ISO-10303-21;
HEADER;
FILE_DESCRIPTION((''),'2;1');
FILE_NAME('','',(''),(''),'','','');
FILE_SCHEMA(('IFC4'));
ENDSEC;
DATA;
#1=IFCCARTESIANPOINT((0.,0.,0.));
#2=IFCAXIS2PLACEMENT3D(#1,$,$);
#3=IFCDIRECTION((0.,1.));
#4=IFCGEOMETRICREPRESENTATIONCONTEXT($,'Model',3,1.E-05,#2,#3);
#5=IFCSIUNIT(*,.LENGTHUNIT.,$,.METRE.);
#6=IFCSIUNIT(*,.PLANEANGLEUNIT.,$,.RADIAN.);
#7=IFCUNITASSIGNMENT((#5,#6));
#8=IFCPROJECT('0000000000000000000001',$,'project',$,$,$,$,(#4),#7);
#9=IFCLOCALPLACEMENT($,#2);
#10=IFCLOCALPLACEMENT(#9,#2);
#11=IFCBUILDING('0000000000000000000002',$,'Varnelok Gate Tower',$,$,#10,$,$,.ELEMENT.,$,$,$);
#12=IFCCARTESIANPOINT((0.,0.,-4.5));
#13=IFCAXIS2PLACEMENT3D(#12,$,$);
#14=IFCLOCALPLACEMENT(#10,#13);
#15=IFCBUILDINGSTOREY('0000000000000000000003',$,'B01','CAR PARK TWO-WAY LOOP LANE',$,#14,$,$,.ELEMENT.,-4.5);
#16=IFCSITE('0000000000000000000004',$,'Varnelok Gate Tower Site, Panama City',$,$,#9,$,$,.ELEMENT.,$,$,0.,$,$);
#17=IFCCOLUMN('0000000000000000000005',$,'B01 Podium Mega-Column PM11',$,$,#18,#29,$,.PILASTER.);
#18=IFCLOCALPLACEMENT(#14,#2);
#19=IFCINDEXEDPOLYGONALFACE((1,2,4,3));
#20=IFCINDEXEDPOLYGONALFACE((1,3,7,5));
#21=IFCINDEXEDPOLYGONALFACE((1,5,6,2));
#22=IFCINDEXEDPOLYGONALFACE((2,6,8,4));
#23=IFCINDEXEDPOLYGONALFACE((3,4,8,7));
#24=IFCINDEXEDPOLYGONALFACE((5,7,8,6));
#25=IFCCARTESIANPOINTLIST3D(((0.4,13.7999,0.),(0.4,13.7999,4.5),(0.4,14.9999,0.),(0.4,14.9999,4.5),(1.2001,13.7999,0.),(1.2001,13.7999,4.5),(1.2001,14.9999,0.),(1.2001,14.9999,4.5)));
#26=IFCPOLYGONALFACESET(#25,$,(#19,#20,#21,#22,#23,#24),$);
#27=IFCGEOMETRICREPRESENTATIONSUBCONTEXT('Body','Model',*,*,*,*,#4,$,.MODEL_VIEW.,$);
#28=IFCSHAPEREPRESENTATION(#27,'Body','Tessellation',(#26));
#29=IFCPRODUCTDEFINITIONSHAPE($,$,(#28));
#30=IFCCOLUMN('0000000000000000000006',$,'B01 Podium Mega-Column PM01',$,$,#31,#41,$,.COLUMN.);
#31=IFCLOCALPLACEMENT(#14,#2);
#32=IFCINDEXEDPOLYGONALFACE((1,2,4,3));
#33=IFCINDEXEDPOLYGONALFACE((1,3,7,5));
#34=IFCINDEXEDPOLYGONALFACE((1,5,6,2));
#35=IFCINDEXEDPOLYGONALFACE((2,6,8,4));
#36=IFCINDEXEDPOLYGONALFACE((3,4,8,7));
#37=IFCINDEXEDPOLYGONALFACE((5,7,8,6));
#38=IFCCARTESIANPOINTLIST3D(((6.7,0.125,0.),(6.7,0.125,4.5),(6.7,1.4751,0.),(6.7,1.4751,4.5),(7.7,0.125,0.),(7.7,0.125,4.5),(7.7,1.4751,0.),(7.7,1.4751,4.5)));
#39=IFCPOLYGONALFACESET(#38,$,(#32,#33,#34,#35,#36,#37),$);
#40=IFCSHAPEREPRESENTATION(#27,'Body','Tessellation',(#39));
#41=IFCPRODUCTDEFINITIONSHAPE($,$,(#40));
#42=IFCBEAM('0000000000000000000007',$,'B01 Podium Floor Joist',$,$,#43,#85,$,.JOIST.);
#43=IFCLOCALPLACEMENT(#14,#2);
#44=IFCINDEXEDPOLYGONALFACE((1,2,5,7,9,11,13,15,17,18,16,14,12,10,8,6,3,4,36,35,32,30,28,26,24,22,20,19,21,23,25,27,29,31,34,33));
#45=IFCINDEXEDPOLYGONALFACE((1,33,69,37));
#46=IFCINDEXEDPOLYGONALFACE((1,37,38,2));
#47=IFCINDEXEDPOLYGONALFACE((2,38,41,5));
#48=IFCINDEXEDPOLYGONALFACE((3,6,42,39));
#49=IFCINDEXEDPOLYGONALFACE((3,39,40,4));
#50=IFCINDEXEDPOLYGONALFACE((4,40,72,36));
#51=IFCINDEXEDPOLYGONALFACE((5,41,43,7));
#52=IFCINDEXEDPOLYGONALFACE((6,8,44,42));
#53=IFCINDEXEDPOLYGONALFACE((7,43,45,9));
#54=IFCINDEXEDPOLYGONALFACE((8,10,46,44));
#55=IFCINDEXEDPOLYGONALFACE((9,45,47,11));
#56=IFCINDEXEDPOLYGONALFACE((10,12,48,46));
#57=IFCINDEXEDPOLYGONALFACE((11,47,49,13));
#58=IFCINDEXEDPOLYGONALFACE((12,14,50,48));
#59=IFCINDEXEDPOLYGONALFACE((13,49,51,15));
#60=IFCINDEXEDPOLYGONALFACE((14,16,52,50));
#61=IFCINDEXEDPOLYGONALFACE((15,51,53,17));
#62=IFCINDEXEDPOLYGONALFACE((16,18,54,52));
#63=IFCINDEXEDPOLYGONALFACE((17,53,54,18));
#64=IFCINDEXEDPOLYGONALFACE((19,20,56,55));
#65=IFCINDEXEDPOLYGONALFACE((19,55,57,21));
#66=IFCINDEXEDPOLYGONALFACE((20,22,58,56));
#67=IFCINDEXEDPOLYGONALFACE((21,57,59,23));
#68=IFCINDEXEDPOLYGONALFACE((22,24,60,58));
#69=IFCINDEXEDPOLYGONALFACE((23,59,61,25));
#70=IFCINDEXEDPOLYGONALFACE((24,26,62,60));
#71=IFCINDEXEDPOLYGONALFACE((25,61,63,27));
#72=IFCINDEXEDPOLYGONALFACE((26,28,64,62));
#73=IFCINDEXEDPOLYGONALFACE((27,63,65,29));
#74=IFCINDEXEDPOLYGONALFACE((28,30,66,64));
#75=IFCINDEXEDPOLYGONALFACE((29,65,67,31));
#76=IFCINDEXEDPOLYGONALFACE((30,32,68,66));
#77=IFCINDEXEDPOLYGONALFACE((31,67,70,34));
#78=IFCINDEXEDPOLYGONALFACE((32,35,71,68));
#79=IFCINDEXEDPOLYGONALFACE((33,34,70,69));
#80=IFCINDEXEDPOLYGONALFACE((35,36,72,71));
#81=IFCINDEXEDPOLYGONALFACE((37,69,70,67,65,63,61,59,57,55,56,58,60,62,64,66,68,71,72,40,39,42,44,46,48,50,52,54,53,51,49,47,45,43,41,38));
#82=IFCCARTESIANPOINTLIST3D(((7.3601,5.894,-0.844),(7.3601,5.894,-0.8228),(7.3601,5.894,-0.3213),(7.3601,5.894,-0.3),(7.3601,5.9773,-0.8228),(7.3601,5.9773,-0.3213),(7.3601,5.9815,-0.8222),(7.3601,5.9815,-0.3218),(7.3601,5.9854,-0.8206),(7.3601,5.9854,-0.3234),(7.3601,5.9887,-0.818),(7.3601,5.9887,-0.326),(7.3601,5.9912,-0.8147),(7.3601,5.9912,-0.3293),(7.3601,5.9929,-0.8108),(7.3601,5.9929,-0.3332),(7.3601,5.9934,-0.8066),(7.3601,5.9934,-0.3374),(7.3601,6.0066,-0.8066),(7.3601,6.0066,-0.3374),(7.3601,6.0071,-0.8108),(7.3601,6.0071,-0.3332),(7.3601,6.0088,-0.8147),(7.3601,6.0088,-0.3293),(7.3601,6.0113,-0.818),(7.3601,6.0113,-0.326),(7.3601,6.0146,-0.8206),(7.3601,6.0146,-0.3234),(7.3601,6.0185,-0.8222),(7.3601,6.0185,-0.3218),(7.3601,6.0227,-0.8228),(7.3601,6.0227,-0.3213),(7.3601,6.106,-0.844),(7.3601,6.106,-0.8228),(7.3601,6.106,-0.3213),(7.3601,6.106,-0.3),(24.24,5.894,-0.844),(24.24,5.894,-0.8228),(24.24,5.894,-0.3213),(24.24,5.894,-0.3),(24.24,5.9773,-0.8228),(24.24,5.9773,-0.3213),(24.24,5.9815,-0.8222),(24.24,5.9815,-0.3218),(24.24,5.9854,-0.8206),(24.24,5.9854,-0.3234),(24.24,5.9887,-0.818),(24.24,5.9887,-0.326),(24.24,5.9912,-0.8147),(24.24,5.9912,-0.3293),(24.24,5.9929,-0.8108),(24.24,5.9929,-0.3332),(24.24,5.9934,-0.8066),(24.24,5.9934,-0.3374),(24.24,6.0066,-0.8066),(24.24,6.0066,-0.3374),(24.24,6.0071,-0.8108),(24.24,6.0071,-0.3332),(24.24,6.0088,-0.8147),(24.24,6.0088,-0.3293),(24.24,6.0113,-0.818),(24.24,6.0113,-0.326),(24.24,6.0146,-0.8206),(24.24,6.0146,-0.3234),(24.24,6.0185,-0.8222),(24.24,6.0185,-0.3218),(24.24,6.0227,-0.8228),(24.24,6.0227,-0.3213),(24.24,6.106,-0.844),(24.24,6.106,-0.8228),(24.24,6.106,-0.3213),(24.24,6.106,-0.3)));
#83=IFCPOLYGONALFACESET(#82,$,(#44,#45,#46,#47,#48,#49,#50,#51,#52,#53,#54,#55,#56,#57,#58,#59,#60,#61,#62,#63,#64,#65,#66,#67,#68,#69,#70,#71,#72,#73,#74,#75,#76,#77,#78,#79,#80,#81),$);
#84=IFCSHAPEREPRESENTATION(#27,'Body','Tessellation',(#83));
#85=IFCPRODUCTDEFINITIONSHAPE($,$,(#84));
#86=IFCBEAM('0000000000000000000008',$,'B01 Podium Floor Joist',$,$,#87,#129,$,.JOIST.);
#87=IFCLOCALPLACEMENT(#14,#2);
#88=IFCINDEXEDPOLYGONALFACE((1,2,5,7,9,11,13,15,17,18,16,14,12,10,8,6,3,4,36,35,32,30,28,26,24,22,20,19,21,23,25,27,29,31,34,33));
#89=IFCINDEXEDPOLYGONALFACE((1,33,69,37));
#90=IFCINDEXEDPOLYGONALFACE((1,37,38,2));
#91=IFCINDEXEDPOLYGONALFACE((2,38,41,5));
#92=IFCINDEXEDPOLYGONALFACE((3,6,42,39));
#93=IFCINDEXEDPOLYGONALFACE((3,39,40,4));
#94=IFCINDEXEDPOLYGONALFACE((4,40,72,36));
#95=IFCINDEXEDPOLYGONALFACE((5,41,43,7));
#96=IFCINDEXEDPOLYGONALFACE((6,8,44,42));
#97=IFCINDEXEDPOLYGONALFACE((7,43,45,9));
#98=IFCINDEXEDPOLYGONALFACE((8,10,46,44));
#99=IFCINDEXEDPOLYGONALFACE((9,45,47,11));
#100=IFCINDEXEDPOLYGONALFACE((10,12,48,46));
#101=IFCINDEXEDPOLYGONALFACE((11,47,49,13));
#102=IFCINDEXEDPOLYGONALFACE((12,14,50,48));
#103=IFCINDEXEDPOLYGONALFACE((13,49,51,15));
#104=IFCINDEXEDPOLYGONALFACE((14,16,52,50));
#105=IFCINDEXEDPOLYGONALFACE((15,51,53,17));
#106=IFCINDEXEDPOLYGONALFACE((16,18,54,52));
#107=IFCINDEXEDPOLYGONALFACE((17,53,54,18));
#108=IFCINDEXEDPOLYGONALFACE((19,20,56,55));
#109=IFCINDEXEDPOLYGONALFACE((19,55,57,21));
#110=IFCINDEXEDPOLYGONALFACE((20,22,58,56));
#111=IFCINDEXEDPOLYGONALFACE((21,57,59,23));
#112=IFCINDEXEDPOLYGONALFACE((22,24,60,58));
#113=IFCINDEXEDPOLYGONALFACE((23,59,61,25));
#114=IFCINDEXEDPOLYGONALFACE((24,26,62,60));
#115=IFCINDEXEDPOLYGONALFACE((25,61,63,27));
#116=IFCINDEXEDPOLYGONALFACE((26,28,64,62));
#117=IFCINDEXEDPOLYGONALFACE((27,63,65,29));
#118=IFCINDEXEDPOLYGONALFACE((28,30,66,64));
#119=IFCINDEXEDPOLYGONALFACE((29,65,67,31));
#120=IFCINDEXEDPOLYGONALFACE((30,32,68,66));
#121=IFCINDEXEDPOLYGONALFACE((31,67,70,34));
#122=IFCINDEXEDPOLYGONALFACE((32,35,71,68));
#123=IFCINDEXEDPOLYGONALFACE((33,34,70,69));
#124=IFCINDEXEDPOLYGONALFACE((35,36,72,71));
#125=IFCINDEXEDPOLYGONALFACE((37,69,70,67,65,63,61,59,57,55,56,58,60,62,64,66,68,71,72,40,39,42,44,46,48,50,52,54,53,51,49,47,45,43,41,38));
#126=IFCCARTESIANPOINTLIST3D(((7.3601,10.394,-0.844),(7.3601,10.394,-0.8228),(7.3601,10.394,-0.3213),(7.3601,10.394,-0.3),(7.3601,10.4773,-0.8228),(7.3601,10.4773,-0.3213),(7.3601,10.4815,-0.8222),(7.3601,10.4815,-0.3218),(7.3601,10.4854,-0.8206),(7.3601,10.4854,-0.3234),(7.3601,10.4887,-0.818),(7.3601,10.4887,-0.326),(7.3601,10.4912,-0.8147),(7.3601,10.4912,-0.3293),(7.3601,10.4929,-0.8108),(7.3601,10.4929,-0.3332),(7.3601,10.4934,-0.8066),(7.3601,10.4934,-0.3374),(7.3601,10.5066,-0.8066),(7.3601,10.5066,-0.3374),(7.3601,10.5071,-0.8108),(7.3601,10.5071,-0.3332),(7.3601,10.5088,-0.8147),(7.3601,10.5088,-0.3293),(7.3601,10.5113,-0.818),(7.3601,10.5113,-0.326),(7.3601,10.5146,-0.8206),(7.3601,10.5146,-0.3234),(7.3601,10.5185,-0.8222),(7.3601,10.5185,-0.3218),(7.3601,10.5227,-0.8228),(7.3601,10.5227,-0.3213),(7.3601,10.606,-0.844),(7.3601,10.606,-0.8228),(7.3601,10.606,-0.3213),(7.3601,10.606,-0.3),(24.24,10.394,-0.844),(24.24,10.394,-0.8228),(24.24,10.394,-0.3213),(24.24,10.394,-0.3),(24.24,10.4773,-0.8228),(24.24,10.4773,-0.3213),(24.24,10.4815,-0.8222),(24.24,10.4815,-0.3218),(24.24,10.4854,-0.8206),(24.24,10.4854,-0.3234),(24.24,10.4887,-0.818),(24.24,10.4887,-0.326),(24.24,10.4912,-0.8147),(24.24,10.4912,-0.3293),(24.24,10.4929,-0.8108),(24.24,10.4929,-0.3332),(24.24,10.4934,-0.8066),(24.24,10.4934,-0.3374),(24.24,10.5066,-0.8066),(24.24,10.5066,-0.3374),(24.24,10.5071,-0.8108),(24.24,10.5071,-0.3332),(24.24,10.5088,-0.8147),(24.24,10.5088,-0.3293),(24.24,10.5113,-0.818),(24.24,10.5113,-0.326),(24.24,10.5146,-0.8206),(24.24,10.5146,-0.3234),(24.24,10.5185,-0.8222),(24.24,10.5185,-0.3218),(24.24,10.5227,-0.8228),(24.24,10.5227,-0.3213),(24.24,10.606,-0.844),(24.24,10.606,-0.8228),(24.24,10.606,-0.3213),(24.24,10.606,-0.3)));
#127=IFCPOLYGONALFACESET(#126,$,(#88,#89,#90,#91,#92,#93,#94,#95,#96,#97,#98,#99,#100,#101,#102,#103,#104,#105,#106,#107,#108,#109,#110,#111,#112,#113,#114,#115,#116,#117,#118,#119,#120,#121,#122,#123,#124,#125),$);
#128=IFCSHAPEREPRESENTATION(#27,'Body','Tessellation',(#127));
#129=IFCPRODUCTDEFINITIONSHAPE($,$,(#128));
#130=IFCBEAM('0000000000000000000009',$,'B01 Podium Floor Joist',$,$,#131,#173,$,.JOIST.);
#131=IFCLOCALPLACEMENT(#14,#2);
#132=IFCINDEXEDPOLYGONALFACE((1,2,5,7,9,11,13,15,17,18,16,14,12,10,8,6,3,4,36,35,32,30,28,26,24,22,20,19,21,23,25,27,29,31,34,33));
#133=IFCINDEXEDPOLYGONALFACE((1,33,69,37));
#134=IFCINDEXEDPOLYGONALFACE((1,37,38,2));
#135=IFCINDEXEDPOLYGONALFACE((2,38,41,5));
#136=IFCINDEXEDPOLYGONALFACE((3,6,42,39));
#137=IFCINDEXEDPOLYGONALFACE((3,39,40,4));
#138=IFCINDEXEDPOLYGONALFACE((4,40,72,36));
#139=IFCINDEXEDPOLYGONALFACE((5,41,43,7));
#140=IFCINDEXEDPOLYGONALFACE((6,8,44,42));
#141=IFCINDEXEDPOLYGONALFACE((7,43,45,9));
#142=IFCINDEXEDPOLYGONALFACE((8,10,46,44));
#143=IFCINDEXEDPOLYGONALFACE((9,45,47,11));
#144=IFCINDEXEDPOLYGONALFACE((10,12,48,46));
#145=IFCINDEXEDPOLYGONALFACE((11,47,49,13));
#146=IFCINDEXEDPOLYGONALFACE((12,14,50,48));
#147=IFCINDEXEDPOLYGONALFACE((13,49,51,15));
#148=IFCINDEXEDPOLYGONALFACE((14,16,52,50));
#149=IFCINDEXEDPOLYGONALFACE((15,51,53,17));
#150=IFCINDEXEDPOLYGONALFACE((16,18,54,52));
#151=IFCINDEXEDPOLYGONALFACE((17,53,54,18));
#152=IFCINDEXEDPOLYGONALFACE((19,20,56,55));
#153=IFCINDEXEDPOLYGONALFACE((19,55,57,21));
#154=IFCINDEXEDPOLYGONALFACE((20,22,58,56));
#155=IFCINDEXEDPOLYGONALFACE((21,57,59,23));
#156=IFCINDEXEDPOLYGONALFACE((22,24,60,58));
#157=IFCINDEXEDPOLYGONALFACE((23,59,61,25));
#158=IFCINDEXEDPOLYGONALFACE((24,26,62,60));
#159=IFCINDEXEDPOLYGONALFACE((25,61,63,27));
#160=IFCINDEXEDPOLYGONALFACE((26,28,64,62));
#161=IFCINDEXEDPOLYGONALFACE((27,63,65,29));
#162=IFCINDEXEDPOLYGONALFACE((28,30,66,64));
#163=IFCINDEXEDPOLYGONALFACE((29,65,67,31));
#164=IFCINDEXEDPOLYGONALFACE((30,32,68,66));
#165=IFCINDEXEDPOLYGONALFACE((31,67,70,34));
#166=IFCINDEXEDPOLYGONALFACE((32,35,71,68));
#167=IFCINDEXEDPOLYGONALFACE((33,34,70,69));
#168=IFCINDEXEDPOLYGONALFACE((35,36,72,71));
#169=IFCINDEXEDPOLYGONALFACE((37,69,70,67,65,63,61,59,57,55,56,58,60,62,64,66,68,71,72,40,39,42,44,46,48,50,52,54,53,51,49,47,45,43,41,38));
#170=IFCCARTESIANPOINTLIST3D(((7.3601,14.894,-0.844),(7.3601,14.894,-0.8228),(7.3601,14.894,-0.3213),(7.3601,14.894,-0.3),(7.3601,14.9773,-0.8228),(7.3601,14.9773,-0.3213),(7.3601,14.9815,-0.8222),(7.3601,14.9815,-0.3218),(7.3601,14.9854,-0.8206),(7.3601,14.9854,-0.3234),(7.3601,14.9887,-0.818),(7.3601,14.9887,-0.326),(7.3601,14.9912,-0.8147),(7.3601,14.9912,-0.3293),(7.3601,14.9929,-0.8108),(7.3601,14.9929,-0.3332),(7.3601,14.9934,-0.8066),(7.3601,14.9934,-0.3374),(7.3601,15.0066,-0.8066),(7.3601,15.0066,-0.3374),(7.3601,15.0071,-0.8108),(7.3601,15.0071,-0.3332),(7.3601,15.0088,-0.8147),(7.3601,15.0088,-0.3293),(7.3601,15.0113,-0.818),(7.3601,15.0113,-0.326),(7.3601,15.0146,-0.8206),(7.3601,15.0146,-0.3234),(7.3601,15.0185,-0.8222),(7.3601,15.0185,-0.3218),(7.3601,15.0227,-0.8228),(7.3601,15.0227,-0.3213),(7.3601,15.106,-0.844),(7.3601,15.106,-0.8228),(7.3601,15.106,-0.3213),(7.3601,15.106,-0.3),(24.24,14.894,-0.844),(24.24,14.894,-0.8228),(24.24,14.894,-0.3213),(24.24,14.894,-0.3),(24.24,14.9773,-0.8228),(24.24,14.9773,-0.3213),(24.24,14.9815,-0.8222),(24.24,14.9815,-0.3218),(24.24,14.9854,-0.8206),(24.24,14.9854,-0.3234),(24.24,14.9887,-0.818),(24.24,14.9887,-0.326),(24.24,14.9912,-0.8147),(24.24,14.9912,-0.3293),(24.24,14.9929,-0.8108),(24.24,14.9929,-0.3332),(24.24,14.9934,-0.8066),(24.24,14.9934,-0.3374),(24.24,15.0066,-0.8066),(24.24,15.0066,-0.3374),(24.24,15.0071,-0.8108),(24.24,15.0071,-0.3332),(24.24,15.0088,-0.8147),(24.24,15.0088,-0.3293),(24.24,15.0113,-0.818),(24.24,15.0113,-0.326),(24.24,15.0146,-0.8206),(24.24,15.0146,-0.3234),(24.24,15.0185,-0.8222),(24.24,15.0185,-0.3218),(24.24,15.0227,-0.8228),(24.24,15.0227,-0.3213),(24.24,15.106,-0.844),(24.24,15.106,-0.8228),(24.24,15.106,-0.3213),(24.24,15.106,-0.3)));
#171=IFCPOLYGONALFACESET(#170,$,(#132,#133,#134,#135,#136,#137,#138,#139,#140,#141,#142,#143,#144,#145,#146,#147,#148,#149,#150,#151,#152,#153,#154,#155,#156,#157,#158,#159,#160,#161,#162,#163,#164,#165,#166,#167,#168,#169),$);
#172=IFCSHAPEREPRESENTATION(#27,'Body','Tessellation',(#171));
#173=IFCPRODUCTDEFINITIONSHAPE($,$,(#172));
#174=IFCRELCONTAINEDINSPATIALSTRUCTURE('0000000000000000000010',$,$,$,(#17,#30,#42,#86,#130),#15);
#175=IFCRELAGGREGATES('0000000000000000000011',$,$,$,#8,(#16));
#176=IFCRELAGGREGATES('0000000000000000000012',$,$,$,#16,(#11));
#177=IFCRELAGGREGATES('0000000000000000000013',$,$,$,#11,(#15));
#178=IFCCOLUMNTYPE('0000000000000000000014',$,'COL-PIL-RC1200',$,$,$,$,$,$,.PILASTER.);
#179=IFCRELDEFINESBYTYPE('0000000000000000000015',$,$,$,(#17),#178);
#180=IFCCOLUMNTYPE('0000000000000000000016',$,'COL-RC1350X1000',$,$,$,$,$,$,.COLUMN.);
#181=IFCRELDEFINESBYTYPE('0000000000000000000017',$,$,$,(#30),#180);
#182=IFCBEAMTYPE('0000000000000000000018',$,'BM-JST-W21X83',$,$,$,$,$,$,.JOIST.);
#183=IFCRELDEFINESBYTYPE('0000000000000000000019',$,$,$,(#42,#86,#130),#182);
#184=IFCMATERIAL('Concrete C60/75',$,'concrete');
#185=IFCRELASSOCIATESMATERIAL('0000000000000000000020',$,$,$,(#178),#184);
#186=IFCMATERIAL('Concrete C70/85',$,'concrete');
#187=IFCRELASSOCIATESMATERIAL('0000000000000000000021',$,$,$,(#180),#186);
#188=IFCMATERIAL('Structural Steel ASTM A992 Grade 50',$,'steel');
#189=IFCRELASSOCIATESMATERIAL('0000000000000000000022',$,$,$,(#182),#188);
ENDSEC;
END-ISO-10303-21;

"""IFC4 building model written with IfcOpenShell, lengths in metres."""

from ifc_helpers import new_model, si_unit, direction, frame, origin, origin_2d, place, context, subcontext, project, spatial, rectangle, i_section, extrude, material, material_profile, profile_set, type_object, element, save


model = new_model("IFC4")

# Units and contexts
model_context = context("Model", 3, precision=1e-05, world=origin(), true_north=direction((0.0, 1.0)))
body_context = subcontext(model_context, "Body", "Model", "MODEL_VIEW")
ifc_project = project(units=[si_unit("LENGTHUNIT", "METRE"), si_unit("PLANEANGLEUNIT", "RADIAN")], contexts=[model_context])

# Site, building, storey
site_placement = place(None, origin())
site = spatial("IfcSite", under=ifc_project, at=site_placement, Name="Varnelok Gate Tower Site, Panama City", CompositionType="ELEMENT", RefElevation=0.0)
building_placement = place(site_placement, origin())
building = spatial("IfcBuilding", under=site, at=building_placement, Name="Varnelok Gate Tower", CompositionType="ELEMENT")
storey_placement = place(building_placement, frame((0.0, 0.0, -4.5)))
storey = spatial("IfcBuildingStorey", under=building, at=storey_placement, Name="B01", Description="CAR PARK TWO-WAY LOOP LANE", CompositionType="ELEMENT", Elevation=-4.5)

# Columns
ifc_material_1 = material(Name="Concrete C60/75", Category="concrete")
ifc_material_profile_1 = material_profile(ifc_material_1, rectangle(XDim=0.8, YDim=1.2, at=origin_2d()), Name="RC1200X800")
ifc_profile_set_1 = profile_set([ifc_material_profile_1], Name="Concrete C60/75")
column_type_1 = type_object("IfcColumnType", Name="COL-PIL-RC1200", PredefinedType="PILASTER", material=ifc_profile_set_1)
column_1_placement = place(storey_placement, frame((0.8, 14.3999, 0.0), z_axis=(0.0, 0.0, 1.0), x_axis=(1.0, 0.0, 0.0)))
element("IfcColumn", 1, at=column_1_placement, inside=storey, type_object=column_type_1, Name="B01 Podium Mega-Column PM11", PredefinedType="PILASTER", context=body_context, shape_type="SweptSolid", body=[
    extrude(rectangle(XDim=0.8, YDim=1.2, at=origin_2d()), origin(), (0.0, 0.0, 1.0), 4.5),
])
ifc_material_2 = material(Name="Concrete C70/85", Category="concrete")
ifc_material_profile_2 = material_profile(ifc_material_2, rectangle(XDim=1.0, YDim=1.3501, at=origin_2d()), Name="RC1350X1000")
ifc_profile_set_2 = profile_set([ifc_material_profile_2], Name="Concrete C70/85")
column_type_2 = type_object("IfcColumnType", Name="COL-RC1350X1000", PredefinedType="COLUMN", material=ifc_profile_set_2)
column_2_placement = place(storey_placement, frame((7.2, 0.8, 0.0), z_axis=(0.0, 0.0, 1.0), x_axis=(1.0, 0.0, 0.0)))
element("IfcColumn", 2, at=column_2_placement, inside=storey, type_object=column_type_2, Name="B01 Podium Mega-Column PM01", PredefinedType="COLUMN", context=body_context, shape_type="SweptSolid", body=[
    extrude(rectangle(XDim=1.0, YDim=1.3501, at=origin_2d()), origin(), (0.0, 0.0, 1.0), 4.5),
])

# Beams
ifc_material_3 = material(Name="Structural Steel ASTM A992 Grade 50", Category="steel")
ifc_material_profile_3 = material_profile(ifc_material_3, i_section(OverallWidth=0.2119, OverallDepth=0.5439, WebThickness=0.0132, FlangeThickness=0.0212, FilletRadius=0.0161, at=origin_2d()), Name="W21X83")
ifc_profile_set_3 = profile_set([ifc_material_profile_3], Name="Structural Steel ASTM A992 Grade 50")
beam_type_1 = type_object("IfcBeamType", Name="BM-JST-W21X83", PredefinedType="JOIST", material=ifc_profile_set_3)
for number, where, z_axis, x_axis, name in (
    (3, (7.3601, 6.0, -0.572), (1.0, 0.0, 0.0), (0.0, 1.0, 0.0), "B01 Podium Floor Joist"),
    (4, (7.3601, 10.5, -0.572), (1.0, 0.0, 0.0), (0.0, 1.0, 0.0), "B01 Podium Floor Joist"),
    (5, (7.3601, 15.0, -0.572), (1.0, 0.0, 0.0), (0.0, 1.0, 0.0), "B01 Podium Floor Joist"),
):
    element("IfcBeam", number, at=place(storey_placement, frame(where, z_axis=z_axis, x_axis=x_axis)), inside=storey, type_object=beam_type_1, Name=name, PredefinedType="JOIST", context=body_context, shape_type="SweptSolid", body=[
        extrude(i_section(OverallWidth=0.2119, OverallDepth=0.5439, WebThickness=0.0132, FlangeThickness=0.0212, FilletRadius=0.0161, at=origin_2d()), origin(), (0.0, 0.0, 1.0), 16.8799),
    ])

save(model, "model.ifc")
